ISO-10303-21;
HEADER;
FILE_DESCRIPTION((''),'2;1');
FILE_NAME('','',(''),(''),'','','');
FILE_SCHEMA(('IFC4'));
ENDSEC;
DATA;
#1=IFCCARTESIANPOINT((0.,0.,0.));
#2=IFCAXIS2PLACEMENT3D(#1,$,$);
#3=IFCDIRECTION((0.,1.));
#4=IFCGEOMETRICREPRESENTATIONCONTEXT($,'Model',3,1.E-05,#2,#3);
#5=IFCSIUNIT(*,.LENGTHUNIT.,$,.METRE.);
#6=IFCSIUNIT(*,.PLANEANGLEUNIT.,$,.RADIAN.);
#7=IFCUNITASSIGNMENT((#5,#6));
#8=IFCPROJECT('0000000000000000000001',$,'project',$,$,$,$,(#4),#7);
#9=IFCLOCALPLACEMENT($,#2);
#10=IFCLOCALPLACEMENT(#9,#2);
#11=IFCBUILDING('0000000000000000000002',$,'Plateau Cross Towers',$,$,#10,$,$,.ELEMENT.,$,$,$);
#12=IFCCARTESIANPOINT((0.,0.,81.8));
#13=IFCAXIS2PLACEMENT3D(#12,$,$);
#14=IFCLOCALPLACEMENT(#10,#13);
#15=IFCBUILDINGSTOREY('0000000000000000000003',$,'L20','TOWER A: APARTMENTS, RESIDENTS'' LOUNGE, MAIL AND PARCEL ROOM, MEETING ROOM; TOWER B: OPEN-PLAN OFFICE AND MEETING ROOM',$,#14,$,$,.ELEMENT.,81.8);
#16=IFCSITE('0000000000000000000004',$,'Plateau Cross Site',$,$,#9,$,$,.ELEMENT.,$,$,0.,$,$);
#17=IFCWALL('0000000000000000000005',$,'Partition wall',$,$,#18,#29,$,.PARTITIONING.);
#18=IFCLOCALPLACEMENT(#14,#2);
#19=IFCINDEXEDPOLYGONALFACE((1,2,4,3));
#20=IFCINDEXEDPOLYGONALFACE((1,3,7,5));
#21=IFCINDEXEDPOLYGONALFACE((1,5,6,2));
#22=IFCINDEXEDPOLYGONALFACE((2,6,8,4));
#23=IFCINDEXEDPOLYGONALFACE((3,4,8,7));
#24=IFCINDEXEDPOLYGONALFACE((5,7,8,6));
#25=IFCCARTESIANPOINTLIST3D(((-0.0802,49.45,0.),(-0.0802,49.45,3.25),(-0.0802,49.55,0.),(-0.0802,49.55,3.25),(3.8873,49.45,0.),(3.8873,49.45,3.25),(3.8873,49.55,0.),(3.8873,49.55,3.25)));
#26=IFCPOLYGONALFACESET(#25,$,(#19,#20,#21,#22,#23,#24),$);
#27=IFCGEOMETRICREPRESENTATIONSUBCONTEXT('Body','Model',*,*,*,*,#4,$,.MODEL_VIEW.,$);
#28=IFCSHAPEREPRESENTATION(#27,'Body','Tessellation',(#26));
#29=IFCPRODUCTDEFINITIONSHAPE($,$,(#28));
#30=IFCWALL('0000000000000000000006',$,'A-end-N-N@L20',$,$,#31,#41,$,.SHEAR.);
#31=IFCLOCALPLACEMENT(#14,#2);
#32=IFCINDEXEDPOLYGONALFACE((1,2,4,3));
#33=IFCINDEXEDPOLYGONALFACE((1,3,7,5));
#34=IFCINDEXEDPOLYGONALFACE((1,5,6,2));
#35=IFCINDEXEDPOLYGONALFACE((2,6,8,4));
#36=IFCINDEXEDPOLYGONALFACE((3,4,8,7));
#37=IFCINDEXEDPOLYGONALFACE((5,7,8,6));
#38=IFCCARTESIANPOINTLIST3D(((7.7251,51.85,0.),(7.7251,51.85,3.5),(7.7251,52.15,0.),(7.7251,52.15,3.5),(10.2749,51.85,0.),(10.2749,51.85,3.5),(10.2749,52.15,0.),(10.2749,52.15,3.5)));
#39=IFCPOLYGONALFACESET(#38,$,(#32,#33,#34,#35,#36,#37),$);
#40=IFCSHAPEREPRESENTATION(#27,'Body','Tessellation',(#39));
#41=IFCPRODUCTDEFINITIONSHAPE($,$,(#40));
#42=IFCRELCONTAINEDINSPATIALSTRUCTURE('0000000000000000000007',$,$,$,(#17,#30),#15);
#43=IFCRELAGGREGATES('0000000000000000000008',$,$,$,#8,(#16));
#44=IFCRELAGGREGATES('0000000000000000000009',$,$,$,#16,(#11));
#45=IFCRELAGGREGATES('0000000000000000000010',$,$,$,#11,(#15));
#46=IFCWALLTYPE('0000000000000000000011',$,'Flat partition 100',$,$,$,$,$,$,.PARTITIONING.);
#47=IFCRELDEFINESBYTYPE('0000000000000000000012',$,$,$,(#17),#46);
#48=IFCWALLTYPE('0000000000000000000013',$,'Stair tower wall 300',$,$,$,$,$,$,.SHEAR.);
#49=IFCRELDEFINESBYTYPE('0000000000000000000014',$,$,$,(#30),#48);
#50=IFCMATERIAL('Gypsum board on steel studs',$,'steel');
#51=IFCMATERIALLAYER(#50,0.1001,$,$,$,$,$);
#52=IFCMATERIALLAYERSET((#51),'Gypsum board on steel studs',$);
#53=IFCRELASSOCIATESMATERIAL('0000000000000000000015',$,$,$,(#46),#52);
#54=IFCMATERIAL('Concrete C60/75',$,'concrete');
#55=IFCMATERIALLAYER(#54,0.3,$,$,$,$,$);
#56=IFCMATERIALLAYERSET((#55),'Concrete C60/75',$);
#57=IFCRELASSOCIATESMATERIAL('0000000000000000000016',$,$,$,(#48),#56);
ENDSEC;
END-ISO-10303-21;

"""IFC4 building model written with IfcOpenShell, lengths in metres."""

from ifc_helpers import new_model, si_unit, direction, frame, frame_2d, origin, place, context, subcontext, project, spatial, rectangle, extrude, material, layer, layer_set, type_object, element, save


model = new_model("IFC4")

# Units and contexts
model_context = context("Model", 3, precision=1e-05, world=origin(), true_north=direction((0.0, 1.0)))
body_context = subcontext(model_context, "Body", "Model", "MODEL_VIEW")
ifc_project = project(units=[si_unit("LENGTHUNIT", "METRE"), si_unit("PLANEANGLEUNIT", "RADIAN")], contexts=[model_context])

# Site, building, storey
site_placement = place(None, origin())
site = spatial("IfcSite", under=ifc_project, at=site_placement, Name="Plateau Cross Site", CompositionType="ELEMENT", RefElevation=0.0)
building_placement = place(site_placement, origin())
building = spatial("IfcBuilding", under=site, at=building_placement, Name="Plateau Cross Towers", CompositionType="ELEMENT")
storey_placement = place(building_placement, frame((0.0, 0.0, 81.8)))
storey = spatial("IfcBuildingStorey", under=building, at=storey_placement, Name="L20", Description="TOWER A: APARTMENTS, RESIDENTS' LOUNGE, MAIL AND PARCEL ROOM, MEETING ROOM; TOWER B: OPEN-PLAN OFFICE AND MEETING ROOM", CompositionType="ELEMENT", Elevation=81.8)

# Shared definitions
ifc_material_1 = material(Name="Concrete C60/75", Category="concrete")

# Walls
ifc_material_2 = material(Name="Gypsum board on steel studs", Category="steel")
ifc_layer_1 = layer(ifc_material_2, 0.1001)
ifc_layer_set_1 = layer_set([ifc_layer_1], Name="Gypsum board on steel studs")
wall_type_1 = type_object("IfcWallType", Name="Flat partition 100", PredefinedType="PARTITIONING", material=ifc_layer_set_1)
wall_1_placement = place(storey_placement, frame((3.8875, 49.5, 0.0), z_axis=(0.0, 0.0, 1.0), x_axis=(-1.0, 0.0, 0.0)))
element("IfcWall", 1, at=wall_1_placement, inside=storey, type_object=wall_type_1, Name="Partition wall", PredefinedType="PARTITIONING", context=body_context, shape_type="SweptSolid", body=[
    extrude(rectangle(XDim=3.9675, YDim=0.1001, at=frame_2d((1.9839, 0.0))), origin(), (0.0, 0.0, 1.0), 3.25),
])
ifc_layer_2 = layer(ifc_material_1, 0.3)
ifc_layer_set_2 = layer_set([ifc_layer_2], Name="Concrete C60/75")
wall_type_2 = type_object("IfcWallType", Name="Stair tower wall 300", PredefinedType="SHEAR", material=ifc_layer_set_2)
wall_2_placement = place(storey_placement, frame((7.7251, 52.0, 0.0), z_axis=(0.0, 0.0, 1.0), x_axis=(1.0, 0.0, 0.0)))
element("IfcWall", 2, at=wall_2_placement, inside=storey, type_object=wall_type_2, Name="A-end-N-N@L20", PredefinedType="SHEAR", context=body_context, shape_type="SweptSolid", body=[
    extrude(rectangle(XDim=2.5498, YDim=0.3, at=frame_2d((1.2749, 0.0))), origin(), (0.0, 0.0, 1.0), 3.5),
])

save(model, "model.ifc")
